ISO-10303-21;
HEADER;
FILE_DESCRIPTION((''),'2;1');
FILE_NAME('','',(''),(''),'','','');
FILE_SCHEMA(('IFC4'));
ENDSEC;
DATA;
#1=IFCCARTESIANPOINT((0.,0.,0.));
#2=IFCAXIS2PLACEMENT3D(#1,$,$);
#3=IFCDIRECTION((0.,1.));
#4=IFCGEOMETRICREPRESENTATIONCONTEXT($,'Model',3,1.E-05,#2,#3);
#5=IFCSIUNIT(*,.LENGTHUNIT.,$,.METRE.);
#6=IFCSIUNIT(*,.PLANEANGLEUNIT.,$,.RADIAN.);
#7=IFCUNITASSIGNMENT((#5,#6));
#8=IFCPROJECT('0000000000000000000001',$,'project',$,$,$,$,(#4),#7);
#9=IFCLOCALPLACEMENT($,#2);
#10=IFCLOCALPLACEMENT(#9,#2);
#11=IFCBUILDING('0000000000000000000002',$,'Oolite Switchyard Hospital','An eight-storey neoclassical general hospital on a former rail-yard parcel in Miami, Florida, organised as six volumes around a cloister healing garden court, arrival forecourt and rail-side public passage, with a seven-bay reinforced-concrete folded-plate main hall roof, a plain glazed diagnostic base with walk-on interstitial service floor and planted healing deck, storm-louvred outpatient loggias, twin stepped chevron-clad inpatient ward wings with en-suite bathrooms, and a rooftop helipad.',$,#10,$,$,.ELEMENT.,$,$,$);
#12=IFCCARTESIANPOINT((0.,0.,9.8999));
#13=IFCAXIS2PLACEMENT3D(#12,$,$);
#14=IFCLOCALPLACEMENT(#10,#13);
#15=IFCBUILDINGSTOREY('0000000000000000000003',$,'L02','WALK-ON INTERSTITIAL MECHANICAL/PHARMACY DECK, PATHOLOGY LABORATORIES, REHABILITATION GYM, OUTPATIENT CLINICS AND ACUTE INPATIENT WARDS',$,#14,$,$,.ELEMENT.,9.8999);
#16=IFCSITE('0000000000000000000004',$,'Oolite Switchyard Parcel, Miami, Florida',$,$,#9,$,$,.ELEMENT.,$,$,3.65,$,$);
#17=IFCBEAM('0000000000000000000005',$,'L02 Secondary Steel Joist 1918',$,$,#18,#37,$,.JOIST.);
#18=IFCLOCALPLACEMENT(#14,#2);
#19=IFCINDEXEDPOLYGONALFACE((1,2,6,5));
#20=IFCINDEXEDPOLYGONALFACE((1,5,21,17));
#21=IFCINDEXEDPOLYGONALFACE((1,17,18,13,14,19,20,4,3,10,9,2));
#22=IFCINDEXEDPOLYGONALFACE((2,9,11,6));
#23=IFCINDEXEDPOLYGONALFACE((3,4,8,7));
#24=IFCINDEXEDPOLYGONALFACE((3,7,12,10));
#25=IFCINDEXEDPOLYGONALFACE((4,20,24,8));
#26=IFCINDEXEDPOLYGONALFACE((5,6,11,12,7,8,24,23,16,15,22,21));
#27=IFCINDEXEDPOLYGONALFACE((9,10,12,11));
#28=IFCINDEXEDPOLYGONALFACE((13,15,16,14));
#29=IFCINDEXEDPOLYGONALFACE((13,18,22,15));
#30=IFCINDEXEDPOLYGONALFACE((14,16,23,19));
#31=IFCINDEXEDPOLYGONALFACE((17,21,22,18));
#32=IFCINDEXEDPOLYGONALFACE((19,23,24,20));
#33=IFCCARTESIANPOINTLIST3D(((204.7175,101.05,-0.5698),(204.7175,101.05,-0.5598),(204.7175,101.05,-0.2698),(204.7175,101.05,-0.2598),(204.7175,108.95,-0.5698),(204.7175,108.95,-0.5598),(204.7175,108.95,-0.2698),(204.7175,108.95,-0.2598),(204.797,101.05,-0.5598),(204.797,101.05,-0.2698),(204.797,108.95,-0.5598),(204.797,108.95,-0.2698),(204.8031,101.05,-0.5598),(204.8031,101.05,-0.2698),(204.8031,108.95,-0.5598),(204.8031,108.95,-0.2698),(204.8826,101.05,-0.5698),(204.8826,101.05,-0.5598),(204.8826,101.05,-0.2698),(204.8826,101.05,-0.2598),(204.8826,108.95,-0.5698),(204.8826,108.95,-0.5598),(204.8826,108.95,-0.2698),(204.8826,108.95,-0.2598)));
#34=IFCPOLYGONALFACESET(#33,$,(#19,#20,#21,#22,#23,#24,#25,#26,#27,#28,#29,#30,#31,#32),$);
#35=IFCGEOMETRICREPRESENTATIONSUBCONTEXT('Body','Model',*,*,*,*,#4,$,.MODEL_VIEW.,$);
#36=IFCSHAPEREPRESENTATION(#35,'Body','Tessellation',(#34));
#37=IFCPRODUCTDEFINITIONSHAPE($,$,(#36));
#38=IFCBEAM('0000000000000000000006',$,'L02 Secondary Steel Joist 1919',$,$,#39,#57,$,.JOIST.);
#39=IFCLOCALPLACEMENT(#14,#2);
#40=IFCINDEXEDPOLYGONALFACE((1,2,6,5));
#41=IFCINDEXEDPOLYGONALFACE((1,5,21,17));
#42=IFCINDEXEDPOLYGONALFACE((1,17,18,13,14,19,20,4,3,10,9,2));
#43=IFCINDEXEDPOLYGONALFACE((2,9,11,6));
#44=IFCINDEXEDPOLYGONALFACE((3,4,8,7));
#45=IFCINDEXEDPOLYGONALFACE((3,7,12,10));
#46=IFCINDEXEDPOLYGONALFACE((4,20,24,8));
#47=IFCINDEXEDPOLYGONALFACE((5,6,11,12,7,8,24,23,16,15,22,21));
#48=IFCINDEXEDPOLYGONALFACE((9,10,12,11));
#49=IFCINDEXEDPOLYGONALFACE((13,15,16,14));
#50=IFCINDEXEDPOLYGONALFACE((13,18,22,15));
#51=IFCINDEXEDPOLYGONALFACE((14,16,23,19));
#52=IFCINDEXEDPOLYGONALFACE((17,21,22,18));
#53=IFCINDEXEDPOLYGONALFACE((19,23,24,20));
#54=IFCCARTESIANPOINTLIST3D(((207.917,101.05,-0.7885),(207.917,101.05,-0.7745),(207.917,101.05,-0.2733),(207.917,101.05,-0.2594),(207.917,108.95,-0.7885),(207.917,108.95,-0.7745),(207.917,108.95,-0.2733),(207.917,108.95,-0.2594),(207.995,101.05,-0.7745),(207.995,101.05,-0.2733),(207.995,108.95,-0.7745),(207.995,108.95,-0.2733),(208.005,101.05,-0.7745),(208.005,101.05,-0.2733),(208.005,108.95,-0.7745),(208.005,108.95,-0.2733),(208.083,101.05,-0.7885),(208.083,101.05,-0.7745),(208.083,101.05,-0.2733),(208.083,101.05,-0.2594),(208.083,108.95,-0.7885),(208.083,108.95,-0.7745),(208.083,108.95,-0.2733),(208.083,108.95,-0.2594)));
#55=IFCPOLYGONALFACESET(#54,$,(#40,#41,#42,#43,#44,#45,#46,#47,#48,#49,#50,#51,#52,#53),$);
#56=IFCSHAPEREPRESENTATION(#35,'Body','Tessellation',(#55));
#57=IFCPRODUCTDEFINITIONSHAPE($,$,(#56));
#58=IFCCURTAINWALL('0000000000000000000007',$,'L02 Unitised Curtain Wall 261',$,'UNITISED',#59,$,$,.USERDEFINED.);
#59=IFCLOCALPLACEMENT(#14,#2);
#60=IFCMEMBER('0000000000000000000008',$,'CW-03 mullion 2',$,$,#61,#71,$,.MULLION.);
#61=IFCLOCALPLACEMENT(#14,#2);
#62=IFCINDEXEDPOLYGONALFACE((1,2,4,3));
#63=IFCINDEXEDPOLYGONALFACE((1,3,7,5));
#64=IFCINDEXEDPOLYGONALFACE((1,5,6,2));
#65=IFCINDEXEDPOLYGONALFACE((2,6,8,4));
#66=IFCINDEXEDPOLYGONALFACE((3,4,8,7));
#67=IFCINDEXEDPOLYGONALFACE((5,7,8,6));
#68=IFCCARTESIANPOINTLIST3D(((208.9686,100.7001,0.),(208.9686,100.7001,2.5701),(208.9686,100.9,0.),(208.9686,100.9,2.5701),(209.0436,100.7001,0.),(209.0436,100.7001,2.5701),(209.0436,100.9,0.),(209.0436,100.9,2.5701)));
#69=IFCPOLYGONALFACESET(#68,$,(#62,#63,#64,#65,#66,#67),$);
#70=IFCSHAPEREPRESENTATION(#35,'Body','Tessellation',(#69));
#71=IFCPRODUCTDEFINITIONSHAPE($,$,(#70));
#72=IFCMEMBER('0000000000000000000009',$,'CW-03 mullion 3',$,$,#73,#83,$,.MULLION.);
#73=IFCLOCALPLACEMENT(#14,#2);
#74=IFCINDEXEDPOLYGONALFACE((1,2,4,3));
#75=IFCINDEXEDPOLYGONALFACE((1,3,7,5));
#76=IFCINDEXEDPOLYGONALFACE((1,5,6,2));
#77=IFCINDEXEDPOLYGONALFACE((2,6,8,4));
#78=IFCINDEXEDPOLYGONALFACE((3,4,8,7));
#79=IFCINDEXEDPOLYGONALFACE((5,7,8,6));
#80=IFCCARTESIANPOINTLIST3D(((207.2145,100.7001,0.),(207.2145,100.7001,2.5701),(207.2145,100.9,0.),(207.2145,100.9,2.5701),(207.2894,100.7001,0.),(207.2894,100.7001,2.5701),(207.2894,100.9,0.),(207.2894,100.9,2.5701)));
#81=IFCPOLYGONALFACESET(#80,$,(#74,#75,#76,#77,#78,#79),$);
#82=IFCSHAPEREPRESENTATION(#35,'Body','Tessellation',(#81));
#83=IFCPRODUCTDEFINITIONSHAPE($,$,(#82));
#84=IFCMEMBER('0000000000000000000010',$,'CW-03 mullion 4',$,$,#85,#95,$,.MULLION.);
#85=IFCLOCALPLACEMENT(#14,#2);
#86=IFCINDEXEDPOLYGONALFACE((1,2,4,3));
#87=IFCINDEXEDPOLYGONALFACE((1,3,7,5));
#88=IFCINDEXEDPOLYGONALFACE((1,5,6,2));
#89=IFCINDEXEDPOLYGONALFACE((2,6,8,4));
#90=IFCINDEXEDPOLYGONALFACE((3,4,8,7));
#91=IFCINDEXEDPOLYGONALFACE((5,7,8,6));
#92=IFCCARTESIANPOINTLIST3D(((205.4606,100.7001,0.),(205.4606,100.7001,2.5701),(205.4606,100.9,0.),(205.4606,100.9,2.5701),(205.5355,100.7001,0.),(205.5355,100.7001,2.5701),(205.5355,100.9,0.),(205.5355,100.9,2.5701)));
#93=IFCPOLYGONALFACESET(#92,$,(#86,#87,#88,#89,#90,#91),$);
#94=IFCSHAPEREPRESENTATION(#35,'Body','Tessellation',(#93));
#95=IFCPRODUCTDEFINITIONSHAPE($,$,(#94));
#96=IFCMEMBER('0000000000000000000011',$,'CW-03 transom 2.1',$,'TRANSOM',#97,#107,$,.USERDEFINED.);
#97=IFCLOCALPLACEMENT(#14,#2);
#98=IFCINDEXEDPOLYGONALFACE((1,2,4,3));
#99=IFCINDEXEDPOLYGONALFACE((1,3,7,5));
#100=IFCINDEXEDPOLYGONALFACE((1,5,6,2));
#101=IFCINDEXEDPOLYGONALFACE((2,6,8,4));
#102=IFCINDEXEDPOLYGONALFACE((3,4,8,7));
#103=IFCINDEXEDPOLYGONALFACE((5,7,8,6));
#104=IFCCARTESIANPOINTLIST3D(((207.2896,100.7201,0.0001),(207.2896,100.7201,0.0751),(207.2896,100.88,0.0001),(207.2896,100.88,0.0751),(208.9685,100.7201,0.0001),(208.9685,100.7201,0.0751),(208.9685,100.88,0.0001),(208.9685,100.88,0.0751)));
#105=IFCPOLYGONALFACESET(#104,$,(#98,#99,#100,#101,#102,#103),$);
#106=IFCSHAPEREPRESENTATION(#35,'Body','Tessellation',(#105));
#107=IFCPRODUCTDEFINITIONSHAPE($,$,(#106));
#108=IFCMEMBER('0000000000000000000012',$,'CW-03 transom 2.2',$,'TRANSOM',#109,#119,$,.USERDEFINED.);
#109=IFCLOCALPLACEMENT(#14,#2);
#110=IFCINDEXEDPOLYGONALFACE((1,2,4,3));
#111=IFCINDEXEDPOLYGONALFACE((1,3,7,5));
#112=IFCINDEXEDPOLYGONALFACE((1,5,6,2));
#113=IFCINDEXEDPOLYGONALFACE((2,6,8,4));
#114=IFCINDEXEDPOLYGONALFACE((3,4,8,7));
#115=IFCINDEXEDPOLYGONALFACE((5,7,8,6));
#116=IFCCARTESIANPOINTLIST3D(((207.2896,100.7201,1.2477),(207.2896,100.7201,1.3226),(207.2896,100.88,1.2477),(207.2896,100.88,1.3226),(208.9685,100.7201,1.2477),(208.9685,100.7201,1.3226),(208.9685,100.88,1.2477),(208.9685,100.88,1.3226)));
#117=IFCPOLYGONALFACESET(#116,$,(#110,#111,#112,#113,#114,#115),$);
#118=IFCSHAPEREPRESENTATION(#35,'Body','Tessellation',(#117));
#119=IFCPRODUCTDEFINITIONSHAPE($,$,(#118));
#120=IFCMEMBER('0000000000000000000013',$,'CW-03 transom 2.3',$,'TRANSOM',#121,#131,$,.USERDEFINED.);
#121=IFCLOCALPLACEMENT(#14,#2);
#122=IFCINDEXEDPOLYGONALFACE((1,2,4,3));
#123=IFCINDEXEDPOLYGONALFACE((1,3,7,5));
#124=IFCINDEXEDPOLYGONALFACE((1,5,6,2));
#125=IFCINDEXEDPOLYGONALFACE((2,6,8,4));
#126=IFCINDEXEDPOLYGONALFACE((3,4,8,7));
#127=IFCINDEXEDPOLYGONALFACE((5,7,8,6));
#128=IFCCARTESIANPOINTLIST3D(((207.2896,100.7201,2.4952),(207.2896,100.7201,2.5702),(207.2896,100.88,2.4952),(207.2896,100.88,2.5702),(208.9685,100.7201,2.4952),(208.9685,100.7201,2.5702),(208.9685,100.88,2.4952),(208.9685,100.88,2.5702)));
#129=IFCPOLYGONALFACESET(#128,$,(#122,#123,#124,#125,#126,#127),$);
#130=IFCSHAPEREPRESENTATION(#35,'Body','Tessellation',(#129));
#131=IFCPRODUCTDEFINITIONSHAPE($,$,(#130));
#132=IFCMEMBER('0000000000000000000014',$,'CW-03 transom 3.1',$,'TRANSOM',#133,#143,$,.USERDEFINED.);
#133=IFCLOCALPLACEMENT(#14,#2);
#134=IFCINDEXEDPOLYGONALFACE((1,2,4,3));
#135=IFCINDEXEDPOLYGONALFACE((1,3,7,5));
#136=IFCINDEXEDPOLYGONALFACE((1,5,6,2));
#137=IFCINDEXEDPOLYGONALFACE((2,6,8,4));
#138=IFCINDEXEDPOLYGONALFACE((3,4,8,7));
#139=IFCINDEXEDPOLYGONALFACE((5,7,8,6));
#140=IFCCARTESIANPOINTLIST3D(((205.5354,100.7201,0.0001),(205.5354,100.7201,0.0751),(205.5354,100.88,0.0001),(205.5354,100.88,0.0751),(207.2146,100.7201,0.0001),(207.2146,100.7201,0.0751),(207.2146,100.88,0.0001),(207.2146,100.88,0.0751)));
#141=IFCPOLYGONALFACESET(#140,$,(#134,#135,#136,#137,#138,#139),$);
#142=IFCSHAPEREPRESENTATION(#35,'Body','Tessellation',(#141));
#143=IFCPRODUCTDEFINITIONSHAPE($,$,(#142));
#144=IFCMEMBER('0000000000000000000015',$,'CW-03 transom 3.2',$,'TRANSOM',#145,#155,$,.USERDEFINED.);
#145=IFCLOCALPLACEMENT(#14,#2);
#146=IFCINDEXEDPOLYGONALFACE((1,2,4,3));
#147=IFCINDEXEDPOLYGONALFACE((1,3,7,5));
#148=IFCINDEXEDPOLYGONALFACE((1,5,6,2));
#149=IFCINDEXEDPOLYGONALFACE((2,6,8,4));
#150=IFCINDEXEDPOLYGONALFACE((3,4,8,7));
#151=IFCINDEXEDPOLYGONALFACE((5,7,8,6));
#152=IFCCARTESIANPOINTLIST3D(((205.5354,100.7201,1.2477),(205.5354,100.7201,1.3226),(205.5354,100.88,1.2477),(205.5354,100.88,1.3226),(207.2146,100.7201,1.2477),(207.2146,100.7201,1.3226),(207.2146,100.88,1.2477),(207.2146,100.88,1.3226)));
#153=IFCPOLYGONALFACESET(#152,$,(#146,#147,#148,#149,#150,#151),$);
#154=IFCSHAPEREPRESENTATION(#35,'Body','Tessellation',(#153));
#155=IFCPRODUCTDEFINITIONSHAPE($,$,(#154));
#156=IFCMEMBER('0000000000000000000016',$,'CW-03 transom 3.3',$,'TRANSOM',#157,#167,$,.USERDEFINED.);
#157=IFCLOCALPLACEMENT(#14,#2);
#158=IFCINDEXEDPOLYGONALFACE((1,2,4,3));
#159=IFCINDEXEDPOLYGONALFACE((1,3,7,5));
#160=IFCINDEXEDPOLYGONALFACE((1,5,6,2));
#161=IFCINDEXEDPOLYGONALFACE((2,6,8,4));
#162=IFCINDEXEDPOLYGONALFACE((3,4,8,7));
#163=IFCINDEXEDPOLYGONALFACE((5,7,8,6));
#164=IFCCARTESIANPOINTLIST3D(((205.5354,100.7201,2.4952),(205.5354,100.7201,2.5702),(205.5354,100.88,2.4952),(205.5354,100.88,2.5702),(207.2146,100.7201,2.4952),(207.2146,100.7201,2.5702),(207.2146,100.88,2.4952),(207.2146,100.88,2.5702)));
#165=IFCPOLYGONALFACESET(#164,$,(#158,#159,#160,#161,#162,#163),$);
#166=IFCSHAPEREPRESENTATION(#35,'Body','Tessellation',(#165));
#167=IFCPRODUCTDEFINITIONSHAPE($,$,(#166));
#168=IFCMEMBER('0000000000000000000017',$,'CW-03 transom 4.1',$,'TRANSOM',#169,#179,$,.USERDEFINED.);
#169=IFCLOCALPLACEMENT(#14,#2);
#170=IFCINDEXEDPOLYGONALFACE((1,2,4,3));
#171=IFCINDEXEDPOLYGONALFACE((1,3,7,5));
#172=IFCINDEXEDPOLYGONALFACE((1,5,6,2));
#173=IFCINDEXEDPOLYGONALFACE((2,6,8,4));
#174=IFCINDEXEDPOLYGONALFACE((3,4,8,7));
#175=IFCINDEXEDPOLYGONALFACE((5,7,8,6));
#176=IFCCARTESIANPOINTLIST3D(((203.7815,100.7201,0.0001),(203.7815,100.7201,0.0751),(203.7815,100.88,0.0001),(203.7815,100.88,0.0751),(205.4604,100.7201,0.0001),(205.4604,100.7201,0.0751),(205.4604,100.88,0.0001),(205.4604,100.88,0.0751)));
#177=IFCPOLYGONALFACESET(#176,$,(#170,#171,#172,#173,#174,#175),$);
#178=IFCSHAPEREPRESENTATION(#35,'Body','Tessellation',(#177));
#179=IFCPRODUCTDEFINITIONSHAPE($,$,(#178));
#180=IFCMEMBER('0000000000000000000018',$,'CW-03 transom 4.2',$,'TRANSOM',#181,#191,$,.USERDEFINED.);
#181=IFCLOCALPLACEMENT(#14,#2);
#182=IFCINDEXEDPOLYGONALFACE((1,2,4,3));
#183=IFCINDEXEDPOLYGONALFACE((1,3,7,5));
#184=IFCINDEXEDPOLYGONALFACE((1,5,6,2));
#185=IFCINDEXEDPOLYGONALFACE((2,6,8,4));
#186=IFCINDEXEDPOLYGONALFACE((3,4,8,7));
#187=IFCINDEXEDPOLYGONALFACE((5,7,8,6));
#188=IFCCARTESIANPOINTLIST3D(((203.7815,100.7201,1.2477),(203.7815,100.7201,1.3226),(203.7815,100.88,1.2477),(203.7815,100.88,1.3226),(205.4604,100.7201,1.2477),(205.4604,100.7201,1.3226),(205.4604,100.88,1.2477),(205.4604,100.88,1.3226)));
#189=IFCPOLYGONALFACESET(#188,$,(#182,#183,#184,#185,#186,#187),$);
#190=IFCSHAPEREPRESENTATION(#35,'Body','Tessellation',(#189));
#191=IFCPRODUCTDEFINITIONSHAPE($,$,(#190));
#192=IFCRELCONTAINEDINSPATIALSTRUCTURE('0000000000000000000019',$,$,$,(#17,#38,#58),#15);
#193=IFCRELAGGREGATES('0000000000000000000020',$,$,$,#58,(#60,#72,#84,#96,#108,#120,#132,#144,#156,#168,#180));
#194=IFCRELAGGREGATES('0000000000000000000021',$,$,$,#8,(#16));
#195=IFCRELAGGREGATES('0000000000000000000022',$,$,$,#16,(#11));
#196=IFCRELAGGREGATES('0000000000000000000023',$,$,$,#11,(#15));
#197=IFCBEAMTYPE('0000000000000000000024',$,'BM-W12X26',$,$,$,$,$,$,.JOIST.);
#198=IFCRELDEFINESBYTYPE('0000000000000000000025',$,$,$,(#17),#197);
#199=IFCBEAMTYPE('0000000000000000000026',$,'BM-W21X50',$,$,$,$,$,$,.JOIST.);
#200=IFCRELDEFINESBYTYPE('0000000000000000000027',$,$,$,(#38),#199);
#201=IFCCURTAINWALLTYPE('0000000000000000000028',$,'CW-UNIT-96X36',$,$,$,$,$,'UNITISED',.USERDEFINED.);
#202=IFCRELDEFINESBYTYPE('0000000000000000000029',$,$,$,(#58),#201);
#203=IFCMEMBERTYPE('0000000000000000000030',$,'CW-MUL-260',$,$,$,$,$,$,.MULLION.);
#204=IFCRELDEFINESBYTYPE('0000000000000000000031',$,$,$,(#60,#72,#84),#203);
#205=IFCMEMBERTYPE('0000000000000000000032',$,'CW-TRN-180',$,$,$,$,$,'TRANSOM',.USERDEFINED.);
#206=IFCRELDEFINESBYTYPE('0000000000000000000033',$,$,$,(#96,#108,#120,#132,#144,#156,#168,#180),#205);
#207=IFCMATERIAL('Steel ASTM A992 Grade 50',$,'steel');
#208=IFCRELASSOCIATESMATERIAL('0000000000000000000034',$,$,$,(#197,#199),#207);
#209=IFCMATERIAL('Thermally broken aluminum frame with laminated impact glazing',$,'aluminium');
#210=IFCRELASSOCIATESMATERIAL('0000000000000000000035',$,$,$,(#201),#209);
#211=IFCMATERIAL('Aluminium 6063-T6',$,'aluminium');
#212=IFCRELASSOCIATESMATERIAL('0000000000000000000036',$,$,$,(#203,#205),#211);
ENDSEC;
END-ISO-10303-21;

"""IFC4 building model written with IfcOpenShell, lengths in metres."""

from ifc_helpers import new_model, si_unit, direction, frame, origin, origin_2d, place, context, subcontext, project, spatial, rectangle, i_section, extrude, material, material_profile, profile_set, type_object, element, aggregate, save


model = new_model("IFC4")

# Units and contexts
model_context = context("Model", 3, precision=1e-05, world=origin(), true_north=direction((0.0, 1.0)))
body_context = subcontext(model_context, "Body", "Model", "MODEL_VIEW")
ifc_project = project(units=[si_unit("LENGTHUNIT", "METRE"), si_unit("PLANEANGLEUNIT", "RADIAN")], contexts=[model_context])

# Site, building, storey
site_placement = place(None, origin())
site = spatial("IfcSite", under=ifc_project, at=site_placement, Name="Oolite Switchyard Parcel, Miami, Florida", CompositionType="ELEMENT", RefElevation=3.65)
building_placement = place(site_placement, origin())
building = spatial("IfcBuilding", under=site, at=building_placement, Name="Oolite Switchyard Hospital", Description="An eight-storey neoclassical general hospital on a former rail-yard parcel in Miami, Florida, organised as six volumes around a cloister healing garden court, arrival forecourt and rail-side public passage, with a seven-bay reinforced-concrete folded-plate main hall roof, a plain glazed diagnostic base with walk-on interstitial service floor and planted healing deck, storm-louvred outpatient loggias, twin stepped chevron-clad inpatient ward wings with en-suite bathrooms, and a rooftop helipad.", CompositionType="ELEMENT")
storey_placement = place(building_placement, frame((0.0, 0.0, 9.8999)))
storey = spatial("IfcBuildingStorey", under=building, at=storey_placement, Name="L02", Description="WALK-ON INTERSTITIAL MECHANICAL/PHARMACY DECK, PATHOLOGY LABORATORIES, REHABILITATION GYM, OUTPATIENT CLINICS AND ACUTE INPATIENT WARDS", CompositionType="ELEMENT", Elevation=9.8999)

# Beams
ifc_material_1 = material(Name="Steel ASTM A992 Grade 50", Category="steel")
ifc_material_profile_1 = material_profile(ifc_material_1, i_section(OverallWidth=0.165, OverallDepth=0.3101, WebThickness=0.0061, FlangeThickness=0.01, at=origin_2d()), Name="W12X26")
ifc_profile_set_1 = profile_set([ifc_material_profile_1], Name="Steel ASTM A992 Grade 50")
beam_type_1 = type_object("IfcBeamType", Name="BM-W12X26", PredefinedType="JOIST", material=ifc_profile_set_1)
beam_1_placement = place(storey_placement, frame((204.8, 101.05, -0.4148), z_axis=(0.0, 1.0, 0.0), x_axis=(-1.0, 0.0, 0.0)))
element("IfcBeam", 1, at=beam_1_placement, inside=storey, type_object=beam_type_1, Name="L02 Secondary Steel Joist 1918", PredefinedType="JOIST", context=body_context, shape_type="SweptSolid", body=[
    extrude(i_section(OverallWidth=0.165, OverallDepth=0.3101, WebThickness=0.0061, FlangeThickness=0.01, at=origin_2d()), origin(), (0.0, 0.0, 1.0), 7.8999),
])
ifc_material_profile_2 = material_profile(ifc_material_1, i_section(OverallWidth=0.166, OverallDepth=0.5291, WebThickness=0.01, FlangeThickness=0.0139, at=origin_2d()), Name="W21X50")
ifc_profile_set_2 = profile_set([ifc_material_profile_2], Name="Steel ASTM A992 Grade 50")
beam_type_2 = type_object("IfcBeamType", Name="BM-W21X50", PredefinedType="JOIST", material=ifc_profile_set_2)
beam_2_placement = place(storey_placement, frame((208.0, 101.05, -0.5239), z_axis=(0.0, 1.0, 0.0), x_axis=(-1.0, 0.0, 0.0)))
element("IfcBeam", 2, at=beam_2_placement, inside=storey, type_object=beam_type_2, Name="L02 Secondary Steel Joist 1919", PredefinedType="JOIST", context=body_context, shape_type="SweptSolid", body=[
    extrude(i_section(OverallWidth=0.166, OverallDepth=0.5291, WebThickness=0.01, FlangeThickness=0.0139, at=origin_2d()), origin(), (0.0, 0.0, 1.0), 7.8999),
])

# Curtain wall, members
ifc_material_2 = material(Name="Thermally broken aluminum frame with laminated impact glazing", Category="aluminium")
curtain_wall_type = type_object("IfcCurtainWallType", Name="CW-UNIT-96X36", ElementType="UNITISED", PredefinedType="USERDEFINED", material=ifc_material_2)
curtain_wall_placement = place(storey_placement, origin())
curtain_wall = element("IfcCurtainWall", 3, at=curtain_wall_placement, inside=storey, type_object=curtain_wall_type, Name="L02 Unitised Curtain Wall 261", ObjectType="UNITISED", PredefinedType="USERDEFINED")
ifc_material_3 = material(Name="Aluminium 6063-T6", Category="aluminium")
ifc_material_profile_3 = material_profile(ifc_material_3, rectangle(XDim=0.2, YDim=0.075, at=origin_2d()), Name="CWM75X200")
ifc_profile_set_3 = profile_set([ifc_material_profile_3], Name="Aluminium 6063-T6")
member_type_1 = type_object("IfcMemberType", Name="CW-MUL-260", PredefinedType="MULLION", material=ifc_profile_set_3)
member_1_placement = place(storey_placement, frame((209.0061, 100.8, 0.0), z_axis=(0.0, 0.0, 1.0), x_axis=(0.0, -1.0, 0.0)))
member_1 = element("IfcMember", 4, at=member_1_placement, type_object=member_type_1, Name="CW-03 mullion 2", PredefinedType="MULLION", context=body_context, shape_type="SweptSolid", body=[
    extrude(rectangle(XDim=0.2, YDim=0.075, at=origin_2d()), origin(), (0.0, 0.0, 1.0), 2.5701),
])
member_2_placement = place(storey_placement, frame((207.252, 100.8, 0.0), z_axis=(0.0, 0.0, 1.0), x_axis=(0.0, -1.0, 0.0)))
member_2 = element("IfcMember", 5, at=member_2_placement, type_object=member_type_1, Name="CW-03 mullion 3", PredefinedType="MULLION", context=body_context, shape_type="SweptSolid", body=[
    extrude(rectangle(XDim=0.2, YDim=0.075, at=origin_2d()), origin(), (0.0, 0.0, 1.0), 2.5701),
])
member_3_placement = place(storey_placement, frame((205.498, 100.8, 0.0), z_axis=(0.0, 0.0, 1.0), x_axis=(0.0, -1.0, 0.0)))
member_3 = element("IfcMember", 6, at=member_3_placement, type_object=member_type_1, Name="CW-03 mullion 4", PredefinedType="MULLION", context=body_context, shape_type="SweptSolid", body=[
    extrude(rectangle(XDim=0.2, YDim=0.075, at=origin_2d()), origin(), (0.0, 0.0, 1.0), 2.5701),
])
ifc_material_profile_4 = material_profile(ifc_material_3, rectangle(XDim=0.1599, YDim=0.075, at=origin_2d()), Name="CWT75X160")
ifc_profile_set_4 = profile_set([ifc_material_profile_4], Name="Aluminium 6063-T6")
member_type_2 = type_object("IfcMemberType", Name="CW-TRN-180", ElementType="TRANSOM", PredefinedType="USERDEFINED", material=ifc_profile_set_4)
member_4_placement = place(storey_placement, frame((208.9685, 100.8, 0.0376), z_axis=(-1.0, 0.0, 0.0), x_axis=(0.0, -1.0, 0.0)))
member_4 = element("IfcMember", 7, at=member_4_placement, type_object=member_type_2, Name="CW-03 transom 2.1", ObjectType="TRANSOM", PredefinedType="USERDEFINED", context=body_context, shape_type="SweptSolid", body=[
    extrude(rectangle(XDim=0.1599, YDim=0.075, at=origin_2d()), origin(), (0.0, 0.0, 1.0), 1.679),
])
member_5_placement = place(storey_placement, frame((208.9685, 100.8, 1.2852), z_axis=(-1.0, 0.0, 0.0), x_axis=(0.0, -1.0, 0.0)))
member_5 = element("IfcMember", 8, at=member_5_placement, type_object=member_type_2, Name="CW-03 transom 2.2", ObjectType="TRANSOM", PredefinedType="USERDEFINED", context=body_context, shape_type="SweptSolid", body=[
    extrude(rectangle(XDim=0.1599, YDim=0.075, at=origin_2d()), origin(), (0.0, 0.0, 1.0), 1.679),
])
member_6_placement = place(storey_placement, frame((208.9685, 100.8, 2.5327), z_axis=(-1.0, 0.0, 0.0), x_axis=(0.0, -1.0, 0.0)))
member_6 = element("IfcMember", 9, at=member_6_placement, type_object=member_type_2, Name="CW-03 transom 2.3", ObjectType="TRANSOM", PredefinedType="USERDEFINED", context=body_context, shape_type="SweptSolid", body=[
    extrude(rectangle(XDim=0.1599, YDim=0.075, at=origin_2d()), origin(), (0.0, 0.0, 1.0), 1.679),
])
member_7_placement = place(storey_placement, frame((207.2146, 100.8, 0.0376), z_axis=(-1.0, 0.0, 0.0), x_axis=(0.0, -1.0, 0.0)))
member_7 = element("IfcMember", 10, at=member_7_placement, type_object=member_type_2, Name="CW-03 transom 3.1", ObjectType="TRANSOM", PredefinedType="USERDEFINED", context=body_context, shape_type="SweptSolid", body=[
    extrude(rectangle(XDim=0.1599, YDim=0.075, at=origin_2d()), origin(), (0.0, 0.0, 1.0), 1.6792),
])
member_8_placement = place(storey_placement, frame((207.2146, 100.8, 1.2852), z_axis=(-1.0, 0.0, 0.0), x_axis=(0.0, -1.0, 0.0)))
member_8 = element("IfcMember", 11, at=member_8_placement, type_object=member_type_2, Name="CW-03 transom 3.2", ObjectType="TRANSOM", PredefinedType="USERDEFINED", context=body_context, shape_type="SweptSolid", body=[
    extrude(rectangle(XDim=0.1599, YDim=0.075, at=origin_2d()), origin(), (0.0, 0.0, 1.0), 1.6792),
])
member_9_placement = place(storey_placement, frame((207.2146, 100.8, 2.5327), z_axis=(-1.0, 0.0, 0.0), x_axis=(0.0, -1.0, 0.0)))
member_9 = element("IfcMember", 12, at=member_9_placement, type_object=member_type_2, Name="CW-03 transom 3.3", ObjectType="TRANSOM", PredefinedType="USERDEFINED", context=body_context, shape_type="SweptSolid", body=[
    extrude(rectangle(XDim=0.1599, YDim=0.075, at=origin_2d()), origin(), (0.0, 0.0, 1.0), 1.6792),
])
member_10_placement = place(storey_placement, frame((205.4604, 100.8, 0.0376), z_axis=(-1.0, 0.0, 0.0), x_axis=(0.0, -1.0, 0.0)))
member_10 = element("IfcMember", 13, at=member_10_placement, type_object=member_type_2, Name="CW-03 transom 4.1", ObjectType="TRANSOM", PredefinedType="USERDEFINED", context=body_context, shape_type="SweptSolid", body=[
    extrude(rectangle(XDim=0.1599, YDim=0.075, at=origin_2d()), origin(), (0.0, 0.0, 1.0), 1.679),
])
member_11_placement = place(storey_placement, frame((205.4604, 100.8, 1.2852), z_axis=(-1.0, 0.0, 0.0), x_axis=(0.0, -1.0, 0.0)))
member_11 = element("IfcMember", 14, at=member_11_placement, type_object=member_type_2, Name="CW-03 transom 4.2", ObjectType="TRANSOM", PredefinedType="USERDEFINED", context=body_context, shape_type="SweptSolid", body=[
    extrude(rectangle(XDim=0.1599, YDim=0.075, at=origin_2d()), origin(), (0.0, 0.0, 1.0), 1.679),
])
aggregate(curtain_wall, [member_1, member_2, member_3, member_4, member_5, member_6, member_7, member_8, member_9, member_10, member_11])

save(model, "model.ifc")
